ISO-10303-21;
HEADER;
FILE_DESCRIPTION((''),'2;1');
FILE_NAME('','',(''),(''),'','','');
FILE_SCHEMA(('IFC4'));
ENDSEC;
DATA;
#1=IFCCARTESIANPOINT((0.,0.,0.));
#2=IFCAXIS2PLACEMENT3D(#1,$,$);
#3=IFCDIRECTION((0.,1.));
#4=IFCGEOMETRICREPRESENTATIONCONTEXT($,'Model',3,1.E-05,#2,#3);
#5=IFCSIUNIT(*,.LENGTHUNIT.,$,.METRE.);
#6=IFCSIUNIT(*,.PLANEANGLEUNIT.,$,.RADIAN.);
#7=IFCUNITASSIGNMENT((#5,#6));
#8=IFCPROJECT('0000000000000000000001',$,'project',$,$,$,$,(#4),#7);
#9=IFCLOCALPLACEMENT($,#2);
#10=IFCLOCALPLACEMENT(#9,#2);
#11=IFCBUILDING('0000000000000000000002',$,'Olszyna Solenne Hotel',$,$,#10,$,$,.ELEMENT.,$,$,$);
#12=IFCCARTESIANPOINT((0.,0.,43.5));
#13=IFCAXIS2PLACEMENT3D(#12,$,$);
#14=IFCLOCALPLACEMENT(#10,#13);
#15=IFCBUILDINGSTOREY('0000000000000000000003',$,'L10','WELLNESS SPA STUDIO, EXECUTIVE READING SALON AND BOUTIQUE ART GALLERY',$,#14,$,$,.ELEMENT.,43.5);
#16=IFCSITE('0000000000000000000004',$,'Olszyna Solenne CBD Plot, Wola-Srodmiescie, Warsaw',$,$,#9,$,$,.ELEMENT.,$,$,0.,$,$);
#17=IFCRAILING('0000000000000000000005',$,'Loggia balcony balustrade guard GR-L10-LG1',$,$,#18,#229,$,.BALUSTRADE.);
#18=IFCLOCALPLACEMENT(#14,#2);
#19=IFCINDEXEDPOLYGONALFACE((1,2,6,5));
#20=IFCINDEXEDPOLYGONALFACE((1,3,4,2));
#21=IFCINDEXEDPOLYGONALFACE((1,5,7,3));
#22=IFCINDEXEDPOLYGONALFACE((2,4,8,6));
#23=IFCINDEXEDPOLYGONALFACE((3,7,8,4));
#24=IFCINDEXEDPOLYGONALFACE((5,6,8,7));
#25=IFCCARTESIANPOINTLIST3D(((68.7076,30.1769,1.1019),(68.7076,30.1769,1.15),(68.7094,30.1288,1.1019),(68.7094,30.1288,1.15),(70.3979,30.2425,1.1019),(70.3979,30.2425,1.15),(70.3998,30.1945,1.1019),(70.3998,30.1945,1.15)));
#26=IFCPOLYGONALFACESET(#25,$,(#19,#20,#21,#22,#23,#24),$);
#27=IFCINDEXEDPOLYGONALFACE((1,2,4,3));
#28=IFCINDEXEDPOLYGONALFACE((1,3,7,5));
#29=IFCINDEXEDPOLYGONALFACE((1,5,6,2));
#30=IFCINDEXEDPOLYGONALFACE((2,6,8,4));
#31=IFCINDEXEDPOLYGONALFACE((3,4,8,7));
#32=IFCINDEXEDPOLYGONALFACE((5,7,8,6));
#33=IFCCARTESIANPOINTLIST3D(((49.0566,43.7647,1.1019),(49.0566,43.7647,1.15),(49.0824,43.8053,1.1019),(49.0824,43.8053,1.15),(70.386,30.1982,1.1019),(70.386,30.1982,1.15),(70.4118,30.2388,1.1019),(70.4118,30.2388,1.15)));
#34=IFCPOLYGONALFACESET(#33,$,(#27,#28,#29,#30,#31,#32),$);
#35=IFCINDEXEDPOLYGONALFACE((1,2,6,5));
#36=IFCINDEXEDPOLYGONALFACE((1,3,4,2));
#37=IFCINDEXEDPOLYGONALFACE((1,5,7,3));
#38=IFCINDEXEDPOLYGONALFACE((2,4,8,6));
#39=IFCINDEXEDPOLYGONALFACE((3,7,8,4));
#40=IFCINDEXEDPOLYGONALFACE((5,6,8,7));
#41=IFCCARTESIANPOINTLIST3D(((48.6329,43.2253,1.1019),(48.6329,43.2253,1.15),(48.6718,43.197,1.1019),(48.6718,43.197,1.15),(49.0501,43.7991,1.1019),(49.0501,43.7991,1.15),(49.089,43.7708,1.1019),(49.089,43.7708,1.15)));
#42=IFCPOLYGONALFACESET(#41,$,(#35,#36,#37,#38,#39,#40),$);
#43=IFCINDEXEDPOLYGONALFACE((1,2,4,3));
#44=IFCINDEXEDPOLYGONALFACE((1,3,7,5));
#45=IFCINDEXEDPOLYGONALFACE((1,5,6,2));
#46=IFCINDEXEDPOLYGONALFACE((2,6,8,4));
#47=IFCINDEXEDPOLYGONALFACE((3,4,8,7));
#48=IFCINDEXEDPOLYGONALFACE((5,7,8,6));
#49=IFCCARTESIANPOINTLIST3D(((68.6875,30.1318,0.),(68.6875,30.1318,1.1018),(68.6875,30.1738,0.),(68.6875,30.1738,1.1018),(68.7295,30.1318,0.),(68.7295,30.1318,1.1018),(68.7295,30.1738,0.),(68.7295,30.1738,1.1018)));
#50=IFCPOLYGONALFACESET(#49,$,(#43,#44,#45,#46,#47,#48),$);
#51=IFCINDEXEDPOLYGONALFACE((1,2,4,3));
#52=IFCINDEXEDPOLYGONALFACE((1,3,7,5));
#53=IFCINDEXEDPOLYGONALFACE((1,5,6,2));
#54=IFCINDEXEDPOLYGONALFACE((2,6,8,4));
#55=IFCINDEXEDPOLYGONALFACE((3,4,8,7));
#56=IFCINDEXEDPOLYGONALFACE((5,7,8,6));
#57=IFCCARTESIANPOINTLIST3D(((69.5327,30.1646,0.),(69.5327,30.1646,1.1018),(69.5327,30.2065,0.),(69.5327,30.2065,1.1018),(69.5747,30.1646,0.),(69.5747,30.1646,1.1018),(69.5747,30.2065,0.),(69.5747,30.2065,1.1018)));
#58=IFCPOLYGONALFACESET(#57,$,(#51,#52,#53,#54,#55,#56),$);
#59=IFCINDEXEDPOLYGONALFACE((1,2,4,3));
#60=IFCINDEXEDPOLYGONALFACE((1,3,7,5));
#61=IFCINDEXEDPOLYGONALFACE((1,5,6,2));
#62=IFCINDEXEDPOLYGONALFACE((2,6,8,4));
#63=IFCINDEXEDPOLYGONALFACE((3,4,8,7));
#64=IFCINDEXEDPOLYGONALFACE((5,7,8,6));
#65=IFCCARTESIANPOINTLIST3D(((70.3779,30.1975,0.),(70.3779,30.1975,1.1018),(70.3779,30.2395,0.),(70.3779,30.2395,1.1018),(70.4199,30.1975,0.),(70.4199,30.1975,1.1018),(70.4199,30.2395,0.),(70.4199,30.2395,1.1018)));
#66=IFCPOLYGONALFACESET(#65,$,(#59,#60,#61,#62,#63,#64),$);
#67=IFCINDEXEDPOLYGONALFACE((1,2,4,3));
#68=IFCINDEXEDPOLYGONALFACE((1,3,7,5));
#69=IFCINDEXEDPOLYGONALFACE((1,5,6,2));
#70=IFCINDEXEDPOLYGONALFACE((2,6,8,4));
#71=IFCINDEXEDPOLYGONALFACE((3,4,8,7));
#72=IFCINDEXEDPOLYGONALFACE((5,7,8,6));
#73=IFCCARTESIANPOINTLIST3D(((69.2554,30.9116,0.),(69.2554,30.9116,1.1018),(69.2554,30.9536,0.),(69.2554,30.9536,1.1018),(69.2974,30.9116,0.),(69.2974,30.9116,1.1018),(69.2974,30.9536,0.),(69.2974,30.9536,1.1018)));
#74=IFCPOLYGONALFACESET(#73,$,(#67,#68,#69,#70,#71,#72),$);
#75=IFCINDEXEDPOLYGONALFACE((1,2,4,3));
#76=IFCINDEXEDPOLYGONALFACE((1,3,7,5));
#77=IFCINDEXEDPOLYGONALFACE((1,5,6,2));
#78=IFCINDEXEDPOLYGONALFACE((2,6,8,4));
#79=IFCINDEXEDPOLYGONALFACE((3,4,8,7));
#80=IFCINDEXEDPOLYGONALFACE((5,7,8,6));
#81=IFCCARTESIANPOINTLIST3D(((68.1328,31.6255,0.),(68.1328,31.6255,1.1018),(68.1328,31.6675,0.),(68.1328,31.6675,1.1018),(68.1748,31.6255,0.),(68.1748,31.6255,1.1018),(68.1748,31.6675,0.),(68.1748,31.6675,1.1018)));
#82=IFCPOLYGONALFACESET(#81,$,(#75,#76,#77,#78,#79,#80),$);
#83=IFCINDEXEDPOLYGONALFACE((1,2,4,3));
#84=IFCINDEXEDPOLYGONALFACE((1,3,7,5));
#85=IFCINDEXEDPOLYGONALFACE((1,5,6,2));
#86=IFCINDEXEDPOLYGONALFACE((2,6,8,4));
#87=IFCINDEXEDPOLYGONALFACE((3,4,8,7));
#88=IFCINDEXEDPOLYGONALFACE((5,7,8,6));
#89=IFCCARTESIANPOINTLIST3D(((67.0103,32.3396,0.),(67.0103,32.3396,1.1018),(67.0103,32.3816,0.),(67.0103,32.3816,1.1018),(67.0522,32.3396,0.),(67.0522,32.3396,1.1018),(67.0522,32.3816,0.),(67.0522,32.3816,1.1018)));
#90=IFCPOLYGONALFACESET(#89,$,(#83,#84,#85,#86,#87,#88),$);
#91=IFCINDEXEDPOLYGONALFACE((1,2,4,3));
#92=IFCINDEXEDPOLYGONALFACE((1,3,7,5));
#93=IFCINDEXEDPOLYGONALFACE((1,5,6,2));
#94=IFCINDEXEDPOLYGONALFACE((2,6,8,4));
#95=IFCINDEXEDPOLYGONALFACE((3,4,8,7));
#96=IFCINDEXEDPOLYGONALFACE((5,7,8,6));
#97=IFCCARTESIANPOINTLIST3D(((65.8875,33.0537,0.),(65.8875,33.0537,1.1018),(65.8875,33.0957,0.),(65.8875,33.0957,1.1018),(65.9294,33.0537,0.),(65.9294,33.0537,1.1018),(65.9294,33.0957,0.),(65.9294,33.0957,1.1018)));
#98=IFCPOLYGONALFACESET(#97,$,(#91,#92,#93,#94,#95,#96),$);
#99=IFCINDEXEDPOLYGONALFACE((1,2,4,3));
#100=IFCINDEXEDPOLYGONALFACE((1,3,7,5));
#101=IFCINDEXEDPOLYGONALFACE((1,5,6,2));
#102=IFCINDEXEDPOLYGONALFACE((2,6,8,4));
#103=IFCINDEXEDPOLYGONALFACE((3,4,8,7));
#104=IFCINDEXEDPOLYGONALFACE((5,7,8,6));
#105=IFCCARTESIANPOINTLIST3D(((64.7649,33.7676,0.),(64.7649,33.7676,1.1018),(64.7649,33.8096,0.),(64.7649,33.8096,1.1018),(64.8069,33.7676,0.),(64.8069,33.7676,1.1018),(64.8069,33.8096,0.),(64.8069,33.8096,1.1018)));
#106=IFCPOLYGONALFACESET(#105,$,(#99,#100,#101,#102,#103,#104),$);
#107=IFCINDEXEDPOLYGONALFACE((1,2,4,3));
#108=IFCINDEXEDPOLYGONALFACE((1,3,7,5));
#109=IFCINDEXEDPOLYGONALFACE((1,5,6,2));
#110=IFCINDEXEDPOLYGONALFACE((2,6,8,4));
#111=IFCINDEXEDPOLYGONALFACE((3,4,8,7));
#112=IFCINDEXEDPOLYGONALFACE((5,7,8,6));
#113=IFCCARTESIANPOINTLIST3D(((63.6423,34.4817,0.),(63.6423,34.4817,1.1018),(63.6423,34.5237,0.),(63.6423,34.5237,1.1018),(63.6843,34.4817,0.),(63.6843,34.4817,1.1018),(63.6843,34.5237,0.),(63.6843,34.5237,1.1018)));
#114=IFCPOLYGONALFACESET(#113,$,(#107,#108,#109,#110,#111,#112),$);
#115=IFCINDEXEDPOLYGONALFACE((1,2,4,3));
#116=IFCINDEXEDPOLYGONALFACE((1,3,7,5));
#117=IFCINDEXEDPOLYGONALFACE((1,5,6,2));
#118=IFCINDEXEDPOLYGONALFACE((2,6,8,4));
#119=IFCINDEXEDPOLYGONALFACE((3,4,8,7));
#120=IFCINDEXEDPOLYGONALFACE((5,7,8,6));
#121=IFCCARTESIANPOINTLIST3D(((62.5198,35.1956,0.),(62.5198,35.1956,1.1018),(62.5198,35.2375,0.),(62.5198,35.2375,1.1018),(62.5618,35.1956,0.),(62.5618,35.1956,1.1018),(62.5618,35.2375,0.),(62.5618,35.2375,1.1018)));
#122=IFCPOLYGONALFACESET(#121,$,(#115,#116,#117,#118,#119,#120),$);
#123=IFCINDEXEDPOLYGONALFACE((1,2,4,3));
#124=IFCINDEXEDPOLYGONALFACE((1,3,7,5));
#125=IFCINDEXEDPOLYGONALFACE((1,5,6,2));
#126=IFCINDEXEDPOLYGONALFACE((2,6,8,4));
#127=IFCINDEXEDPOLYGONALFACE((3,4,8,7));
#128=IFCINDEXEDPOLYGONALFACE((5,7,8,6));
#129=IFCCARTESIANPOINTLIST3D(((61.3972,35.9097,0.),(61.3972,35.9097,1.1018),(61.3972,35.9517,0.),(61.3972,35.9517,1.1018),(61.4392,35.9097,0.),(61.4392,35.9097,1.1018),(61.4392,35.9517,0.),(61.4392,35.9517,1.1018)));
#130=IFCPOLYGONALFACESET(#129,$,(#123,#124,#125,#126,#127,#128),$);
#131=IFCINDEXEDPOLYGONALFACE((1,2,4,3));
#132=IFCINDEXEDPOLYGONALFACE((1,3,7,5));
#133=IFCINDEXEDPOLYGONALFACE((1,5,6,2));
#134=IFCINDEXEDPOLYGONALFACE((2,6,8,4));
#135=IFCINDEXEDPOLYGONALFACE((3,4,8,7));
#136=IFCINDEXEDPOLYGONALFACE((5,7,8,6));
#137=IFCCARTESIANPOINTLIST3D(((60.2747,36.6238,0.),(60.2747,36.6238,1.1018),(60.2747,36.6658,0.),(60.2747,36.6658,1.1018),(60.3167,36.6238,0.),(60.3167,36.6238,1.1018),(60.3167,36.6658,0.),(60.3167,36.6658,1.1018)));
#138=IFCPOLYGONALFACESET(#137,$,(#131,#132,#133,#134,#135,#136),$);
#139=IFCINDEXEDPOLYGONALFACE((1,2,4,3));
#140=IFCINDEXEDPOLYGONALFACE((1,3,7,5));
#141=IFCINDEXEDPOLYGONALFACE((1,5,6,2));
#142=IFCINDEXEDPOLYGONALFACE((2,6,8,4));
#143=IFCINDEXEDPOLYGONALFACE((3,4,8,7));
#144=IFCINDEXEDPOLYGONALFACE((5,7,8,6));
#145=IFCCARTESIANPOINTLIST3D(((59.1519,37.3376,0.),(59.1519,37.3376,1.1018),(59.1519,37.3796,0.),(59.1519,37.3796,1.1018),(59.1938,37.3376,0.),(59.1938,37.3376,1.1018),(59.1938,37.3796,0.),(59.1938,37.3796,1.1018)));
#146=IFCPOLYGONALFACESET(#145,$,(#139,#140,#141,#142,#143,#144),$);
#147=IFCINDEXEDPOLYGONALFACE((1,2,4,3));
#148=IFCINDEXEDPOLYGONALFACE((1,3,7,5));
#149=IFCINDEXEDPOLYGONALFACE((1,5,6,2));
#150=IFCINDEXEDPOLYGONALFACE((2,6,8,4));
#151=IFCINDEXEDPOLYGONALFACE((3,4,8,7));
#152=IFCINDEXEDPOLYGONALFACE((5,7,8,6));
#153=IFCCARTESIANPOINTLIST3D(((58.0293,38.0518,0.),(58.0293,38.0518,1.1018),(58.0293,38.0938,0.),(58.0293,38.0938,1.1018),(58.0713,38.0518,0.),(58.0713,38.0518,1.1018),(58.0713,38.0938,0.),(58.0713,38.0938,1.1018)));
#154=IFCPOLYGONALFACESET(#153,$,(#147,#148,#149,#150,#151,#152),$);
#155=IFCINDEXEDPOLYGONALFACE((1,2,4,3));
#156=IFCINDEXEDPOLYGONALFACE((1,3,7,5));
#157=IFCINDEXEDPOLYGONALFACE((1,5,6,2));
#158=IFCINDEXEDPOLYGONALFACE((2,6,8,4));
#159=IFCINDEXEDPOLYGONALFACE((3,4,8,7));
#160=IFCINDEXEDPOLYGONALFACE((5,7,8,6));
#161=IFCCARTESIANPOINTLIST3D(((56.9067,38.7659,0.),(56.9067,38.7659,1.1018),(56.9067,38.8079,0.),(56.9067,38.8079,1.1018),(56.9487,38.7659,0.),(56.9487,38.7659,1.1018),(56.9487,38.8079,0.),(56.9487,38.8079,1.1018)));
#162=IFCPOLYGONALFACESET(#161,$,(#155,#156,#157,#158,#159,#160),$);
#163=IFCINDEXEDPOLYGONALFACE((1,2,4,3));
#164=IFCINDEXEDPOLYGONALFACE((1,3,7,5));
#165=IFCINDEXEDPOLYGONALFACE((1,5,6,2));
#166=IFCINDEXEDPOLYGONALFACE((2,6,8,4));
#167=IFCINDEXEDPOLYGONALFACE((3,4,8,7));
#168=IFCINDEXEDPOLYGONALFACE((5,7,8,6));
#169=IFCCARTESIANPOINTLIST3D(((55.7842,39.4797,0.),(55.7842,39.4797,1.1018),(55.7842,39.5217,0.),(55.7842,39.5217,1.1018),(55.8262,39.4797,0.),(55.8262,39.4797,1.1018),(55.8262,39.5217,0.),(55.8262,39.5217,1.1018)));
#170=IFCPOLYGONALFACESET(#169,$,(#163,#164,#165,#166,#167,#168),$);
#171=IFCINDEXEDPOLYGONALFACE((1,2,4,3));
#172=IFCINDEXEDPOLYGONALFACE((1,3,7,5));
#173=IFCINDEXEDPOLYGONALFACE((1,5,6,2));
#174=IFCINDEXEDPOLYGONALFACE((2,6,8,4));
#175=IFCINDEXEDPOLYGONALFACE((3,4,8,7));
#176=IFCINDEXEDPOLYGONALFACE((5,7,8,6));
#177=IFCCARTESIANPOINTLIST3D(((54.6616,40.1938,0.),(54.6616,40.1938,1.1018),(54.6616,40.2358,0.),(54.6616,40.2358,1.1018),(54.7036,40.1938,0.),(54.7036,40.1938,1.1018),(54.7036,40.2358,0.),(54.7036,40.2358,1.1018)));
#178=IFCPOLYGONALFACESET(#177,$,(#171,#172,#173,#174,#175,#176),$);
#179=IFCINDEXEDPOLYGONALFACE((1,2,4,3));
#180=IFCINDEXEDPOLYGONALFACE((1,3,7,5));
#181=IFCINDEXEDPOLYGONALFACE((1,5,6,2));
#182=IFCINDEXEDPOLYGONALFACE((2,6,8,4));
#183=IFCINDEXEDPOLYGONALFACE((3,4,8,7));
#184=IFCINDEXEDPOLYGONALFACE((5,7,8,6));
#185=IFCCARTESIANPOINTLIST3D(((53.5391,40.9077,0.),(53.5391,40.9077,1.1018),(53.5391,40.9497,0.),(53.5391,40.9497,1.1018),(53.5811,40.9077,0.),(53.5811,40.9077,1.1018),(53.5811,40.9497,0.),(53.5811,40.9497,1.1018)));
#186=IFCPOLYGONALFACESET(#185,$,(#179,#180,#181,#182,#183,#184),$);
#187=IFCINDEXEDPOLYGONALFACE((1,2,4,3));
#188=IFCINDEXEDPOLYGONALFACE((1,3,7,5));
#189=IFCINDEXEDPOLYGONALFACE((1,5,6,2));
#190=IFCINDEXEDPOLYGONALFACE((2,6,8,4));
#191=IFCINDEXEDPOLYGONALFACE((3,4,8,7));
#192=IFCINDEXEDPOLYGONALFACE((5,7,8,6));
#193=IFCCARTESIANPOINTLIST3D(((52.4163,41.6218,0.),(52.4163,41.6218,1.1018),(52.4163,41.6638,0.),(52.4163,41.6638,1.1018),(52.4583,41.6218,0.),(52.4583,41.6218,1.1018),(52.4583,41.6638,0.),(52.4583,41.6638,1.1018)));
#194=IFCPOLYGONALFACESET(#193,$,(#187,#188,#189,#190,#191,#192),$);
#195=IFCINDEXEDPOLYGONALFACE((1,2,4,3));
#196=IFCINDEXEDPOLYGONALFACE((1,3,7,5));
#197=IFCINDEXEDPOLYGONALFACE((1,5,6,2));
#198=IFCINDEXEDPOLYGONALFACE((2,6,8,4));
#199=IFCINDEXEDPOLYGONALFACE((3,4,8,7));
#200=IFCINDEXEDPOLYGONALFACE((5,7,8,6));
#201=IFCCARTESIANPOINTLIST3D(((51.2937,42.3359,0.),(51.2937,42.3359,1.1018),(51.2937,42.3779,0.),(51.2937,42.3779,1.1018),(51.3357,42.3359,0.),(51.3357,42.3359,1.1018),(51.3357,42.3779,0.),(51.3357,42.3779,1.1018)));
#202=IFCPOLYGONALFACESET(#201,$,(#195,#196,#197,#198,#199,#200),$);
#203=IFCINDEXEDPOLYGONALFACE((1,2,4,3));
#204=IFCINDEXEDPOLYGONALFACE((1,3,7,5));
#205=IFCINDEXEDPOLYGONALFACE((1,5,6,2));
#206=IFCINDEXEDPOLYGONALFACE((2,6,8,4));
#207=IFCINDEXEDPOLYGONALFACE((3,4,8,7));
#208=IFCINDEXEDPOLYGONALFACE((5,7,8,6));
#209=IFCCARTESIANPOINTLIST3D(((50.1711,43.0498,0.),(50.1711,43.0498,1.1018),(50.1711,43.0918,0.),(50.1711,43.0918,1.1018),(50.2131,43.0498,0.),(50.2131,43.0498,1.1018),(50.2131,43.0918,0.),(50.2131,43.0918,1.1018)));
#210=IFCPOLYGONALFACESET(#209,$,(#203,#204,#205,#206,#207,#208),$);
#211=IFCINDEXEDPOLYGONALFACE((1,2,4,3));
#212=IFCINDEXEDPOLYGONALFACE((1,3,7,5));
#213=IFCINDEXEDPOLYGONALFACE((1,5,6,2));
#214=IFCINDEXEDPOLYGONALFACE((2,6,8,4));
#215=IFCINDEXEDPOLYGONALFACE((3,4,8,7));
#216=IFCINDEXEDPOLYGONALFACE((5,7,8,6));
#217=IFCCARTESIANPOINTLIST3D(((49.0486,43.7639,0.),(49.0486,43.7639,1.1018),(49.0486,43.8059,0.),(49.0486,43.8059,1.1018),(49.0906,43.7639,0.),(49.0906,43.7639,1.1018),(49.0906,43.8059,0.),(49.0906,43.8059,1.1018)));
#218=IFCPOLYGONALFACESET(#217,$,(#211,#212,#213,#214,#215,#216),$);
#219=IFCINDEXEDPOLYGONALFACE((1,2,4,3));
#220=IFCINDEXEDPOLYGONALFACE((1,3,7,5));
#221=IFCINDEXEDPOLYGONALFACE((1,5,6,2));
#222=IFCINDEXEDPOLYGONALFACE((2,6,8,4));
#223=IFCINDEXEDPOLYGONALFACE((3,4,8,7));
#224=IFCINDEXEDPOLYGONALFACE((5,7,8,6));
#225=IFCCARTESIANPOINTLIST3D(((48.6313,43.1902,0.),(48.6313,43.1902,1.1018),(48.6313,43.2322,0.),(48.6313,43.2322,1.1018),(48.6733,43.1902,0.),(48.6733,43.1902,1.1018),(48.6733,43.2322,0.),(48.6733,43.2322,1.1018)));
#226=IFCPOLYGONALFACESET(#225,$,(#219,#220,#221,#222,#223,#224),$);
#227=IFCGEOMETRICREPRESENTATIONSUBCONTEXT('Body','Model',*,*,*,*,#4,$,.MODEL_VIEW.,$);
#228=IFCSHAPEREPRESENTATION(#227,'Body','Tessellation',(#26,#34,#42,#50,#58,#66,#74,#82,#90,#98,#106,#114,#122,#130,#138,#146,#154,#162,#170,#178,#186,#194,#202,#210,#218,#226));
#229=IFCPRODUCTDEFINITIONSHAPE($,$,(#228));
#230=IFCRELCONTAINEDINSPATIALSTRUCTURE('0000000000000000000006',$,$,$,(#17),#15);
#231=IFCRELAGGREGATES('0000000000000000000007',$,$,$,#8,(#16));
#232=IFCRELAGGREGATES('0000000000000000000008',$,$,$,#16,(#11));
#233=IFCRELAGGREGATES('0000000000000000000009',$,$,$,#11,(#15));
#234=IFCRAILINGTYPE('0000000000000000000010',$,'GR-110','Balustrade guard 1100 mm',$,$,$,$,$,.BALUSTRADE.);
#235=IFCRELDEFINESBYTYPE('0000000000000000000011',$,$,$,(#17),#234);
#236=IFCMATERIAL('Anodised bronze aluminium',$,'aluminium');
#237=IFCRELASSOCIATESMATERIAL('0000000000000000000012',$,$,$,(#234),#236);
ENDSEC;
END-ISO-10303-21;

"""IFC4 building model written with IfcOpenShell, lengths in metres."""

from ifc_helpers import new_model, si_unit, direction, frame, origin, origin_2d, place, context, subcontext, project, spatial, rectangle, extrude, material, type_object, element, save


model = new_model("IFC4")

# Units and contexts
model_context = context("Model", 3, precision=1e-05, world=origin(), true_north=direction((0.0, 1.0)))
body_context = subcontext(model_context, "Body", "Model", "MODEL_VIEW")
ifc_project = project(units=[si_unit("LENGTHUNIT", "METRE"), si_unit("PLANEANGLEUNIT", "RADIAN")], contexts=[model_context])

# Site, building, storey
site_placement = place(None, origin())
site = spatial("IfcSite", under=ifc_project, at=site_placement, Name="Olszyna Solenne CBD Plot, Wola-Srodmiescie, Warsaw", CompositionType="ELEMENT", RefElevation=0.0)
building_placement = place(site_placement, origin())
building = spatial("IfcBuilding", under=site, at=building_placement, Name="Olszyna Solenne Hotel", CompositionType="ELEMENT")
storey_placement = place(building_placement, frame((0.0, 0.0, 43.5)))
storey = spatial("IfcBuildingStorey", under=building, at=storey_placement, Name="L10", Description="WELLNESS SPA STUDIO, EXECUTIVE READING SALON AND BOUTIQUE ART GALLERY", CompositionType="ELEMENT", Elevation=43.5)

# Shared definitions
ifc_material_1 = material(Name="Anodised bronze aluminium", Category="aluminium")

# Railing
railing_type = type_object("IfcRailingType", Name="GR-110", Description="Balustrade guard 1100 mm", PredefinedType="BALUSTRADE", material=ifc_material_1)
railing_placement = place(storey_placement, frame((68.7085, 30.1528, 0.0)))
element("IfcRailing", 1, at=railing_placement, inside=storey, type_object=railing_type, Name="Loggia balcony balustrade guard GR-L10-LG1", PredefinedType="BALUSTRADE", context=body_context, shape_type="SweptSolid", body=[
    extrude(rectangle(XDim=0.0481, YDim=0.0481, at=origin_2d()), frame((0.0, 0.0, 1.126), z_axis=(0.999246, 0.038821, 0.0), x_axis=(-0.038821, 0.999246, 0.0)), (0.0, 0.0, 1.0), 1.6917),
    extrude(rectangle(XDim=0.0481, YDim=0.0481, at=origin_2d()), frame((1.6904, 0.0657, 1.126), z_axis=(-0.843784, 0.536684, 0.0), x_axis=(-0.536684, -0.843784, 0.0)), (0.0, 0.0, 1.0), 25.2783),
    extrude(rectangle(XDim=0.0481, YDim=0.0481, at=origin_2d()), frame((-19.6389, 13.6321, 1.126), z_axis=(-0.588151, -0.808751, 0.0), x_axis=(0.808751, -0.588151, 0.0)), (0.0, 0.0, 1.0), 0.7095),
    extrude(rectangle(XDim=0.042, YDim=0.042, at=origin_2d()), origin(), (0.0, 0.0, 1.0), 1.1018),
    extrude(rectangle(XDim=0.042, YDim=0.042, at=origin_2d()), frame((0.8452, 0.0327, 0.0)), (0.0, 0.0, 1.0), 1.1018),
    extrude(rectangle(XDim=0.042, YDim=0.042, at=origin_2d()), frame((1.6904, 0.0657, 0.0)), (0.0, 0.0, 1.0), 1.1018),
    extrude(rectangle(XDim=0.042, YDim=0.042, at=origin_2d()), frame((0.5679, 0.7798, 0.0)), (0.0, 0.0, 1.0), 1.1018),
    extrude(rectangle(XDim=0.042, YDim=0.042, at=origin_2d()), frame((-0.5547, 1.4937, 0.0)), (0.0, 0.0, 1.0), 1.1018),
    extrude(rectangle(XDim=0.042, YDim=0.042, at=origin_2d()), frame((-1.6772, 2.2078, 0.0)), (0.0, 0.0, 1.0), 1.1018),
    extrude(rectangle(XDim=0.042, YDim=0.042, at=origin_2d()), frame((-2.8, 2.9219, 0.0)), (0.0, 0.0, 1.0), 1.1018),
    extrude(rectangle(XDim=0.042, YDim=0.042, at=origin_2d()), frame((-3.9226, 3.6357, 0.0)), (0.0, 0.0, 1.0), 1.1018),
    extrude(rectangle(XDim=0.042, YDim=0.042, at=origin_2d()), frame((-5.0452, 4.3499, 0.0)), (0.0, 0.0, 1.0), 1.1018),
    extrude(rectangle(XDim=0.042, YDim=0.042, at=origin_2d()), frame((-6.1677, 5.0637, 0.0)), (0.0, 0.0, 1.0), 1.1018),
    extrude(rectangle(XDim=0.042, YDim=0.042, at=origin_2d()), frame((-7.2903, 5.7778, 0.0)), (0.0, 0.0, 1.0), 1.1018),
    extrude(rectangle(XDim=0.042, YDim=0.042, at=origin_2d()), frame((-8.4128, 6.4919, 0.0)), (0.0, 0.0, 1.0), 1.1018),
    extrude(rectangle(XDim=0.042, YDim=0.042, at=origin_2d()), frame((-9.5356, 7.2058, 0.0)), (0.0, 0.0, 1.0), 1.1018),
    extrude(rectangle(XDim=0.042, YDim=0.042, at=origin_2d()), frame((-10.6582, 7.9199, 0.0)), (0.0, 0.0, 1.0), 1.1018),
    extrude(rectangle(XDim=0.042, YDim=0.042, at=origin_2d()), frame((-11.7808, 8.634, 0.0)), (0.0, 0.0, 1.0), 1.1018),
    extrude(rectangle(XDim=0.042, YDim=0.042, at=origin_2d()), frame((-12.9033, 9.3479, 0.0)), (0.0, 0.0, 1.0), 1.1018),
    extrude(rectangle(XDim=0.042, YDim=0.042, at=origin_2d()), frame((-14.0259, 10.062, 0.0)), (0.0, 0.0, 1.0), 1.1018),
    extrude(rectangle(XDim=0.042, YDim=0.042, at=origin_2d()), frame((-15.1484, 10.7759, 0.0)), (0.0, 0.0, 1.0), 1.1018),
    extrude(rectangle(XDim=0.042, YDim=0.042, at=origin_2d()), frame((-16.2712, 11.49, 0.0)), (0.0, 0.0, 1.0), 1.1018),
    extrude(rectangle(XDim=0.042, YDim=0.042, at=origin_2d()), frame((-17.3938, 12.2041, 0.0)), (0.0, 0.0, 1.0), 1.1018),
    extrude(rectangle(XDim=0.042, YDim=0.042, at=origin_2d()), frame((-18.5164, 12.918, 0.0)), (0.0, 0.0, 1.0), 1.1018),
    extrude(rectangle(XDim=0.042, YDim=0.042, at=origin_2d()), frame((-19.6389, 13.6321, 0.0)), (0.0, 0.0, 1.0), 1.1018),
    extrude(rectangle(XDim=0.042, YDim=0.042, at=origin_2d()), frame((-20.0562, 13.0583, 0.0)), (0.0, 0.0, 1.0), 1.1018),
])

save(model, "model.ifc")
